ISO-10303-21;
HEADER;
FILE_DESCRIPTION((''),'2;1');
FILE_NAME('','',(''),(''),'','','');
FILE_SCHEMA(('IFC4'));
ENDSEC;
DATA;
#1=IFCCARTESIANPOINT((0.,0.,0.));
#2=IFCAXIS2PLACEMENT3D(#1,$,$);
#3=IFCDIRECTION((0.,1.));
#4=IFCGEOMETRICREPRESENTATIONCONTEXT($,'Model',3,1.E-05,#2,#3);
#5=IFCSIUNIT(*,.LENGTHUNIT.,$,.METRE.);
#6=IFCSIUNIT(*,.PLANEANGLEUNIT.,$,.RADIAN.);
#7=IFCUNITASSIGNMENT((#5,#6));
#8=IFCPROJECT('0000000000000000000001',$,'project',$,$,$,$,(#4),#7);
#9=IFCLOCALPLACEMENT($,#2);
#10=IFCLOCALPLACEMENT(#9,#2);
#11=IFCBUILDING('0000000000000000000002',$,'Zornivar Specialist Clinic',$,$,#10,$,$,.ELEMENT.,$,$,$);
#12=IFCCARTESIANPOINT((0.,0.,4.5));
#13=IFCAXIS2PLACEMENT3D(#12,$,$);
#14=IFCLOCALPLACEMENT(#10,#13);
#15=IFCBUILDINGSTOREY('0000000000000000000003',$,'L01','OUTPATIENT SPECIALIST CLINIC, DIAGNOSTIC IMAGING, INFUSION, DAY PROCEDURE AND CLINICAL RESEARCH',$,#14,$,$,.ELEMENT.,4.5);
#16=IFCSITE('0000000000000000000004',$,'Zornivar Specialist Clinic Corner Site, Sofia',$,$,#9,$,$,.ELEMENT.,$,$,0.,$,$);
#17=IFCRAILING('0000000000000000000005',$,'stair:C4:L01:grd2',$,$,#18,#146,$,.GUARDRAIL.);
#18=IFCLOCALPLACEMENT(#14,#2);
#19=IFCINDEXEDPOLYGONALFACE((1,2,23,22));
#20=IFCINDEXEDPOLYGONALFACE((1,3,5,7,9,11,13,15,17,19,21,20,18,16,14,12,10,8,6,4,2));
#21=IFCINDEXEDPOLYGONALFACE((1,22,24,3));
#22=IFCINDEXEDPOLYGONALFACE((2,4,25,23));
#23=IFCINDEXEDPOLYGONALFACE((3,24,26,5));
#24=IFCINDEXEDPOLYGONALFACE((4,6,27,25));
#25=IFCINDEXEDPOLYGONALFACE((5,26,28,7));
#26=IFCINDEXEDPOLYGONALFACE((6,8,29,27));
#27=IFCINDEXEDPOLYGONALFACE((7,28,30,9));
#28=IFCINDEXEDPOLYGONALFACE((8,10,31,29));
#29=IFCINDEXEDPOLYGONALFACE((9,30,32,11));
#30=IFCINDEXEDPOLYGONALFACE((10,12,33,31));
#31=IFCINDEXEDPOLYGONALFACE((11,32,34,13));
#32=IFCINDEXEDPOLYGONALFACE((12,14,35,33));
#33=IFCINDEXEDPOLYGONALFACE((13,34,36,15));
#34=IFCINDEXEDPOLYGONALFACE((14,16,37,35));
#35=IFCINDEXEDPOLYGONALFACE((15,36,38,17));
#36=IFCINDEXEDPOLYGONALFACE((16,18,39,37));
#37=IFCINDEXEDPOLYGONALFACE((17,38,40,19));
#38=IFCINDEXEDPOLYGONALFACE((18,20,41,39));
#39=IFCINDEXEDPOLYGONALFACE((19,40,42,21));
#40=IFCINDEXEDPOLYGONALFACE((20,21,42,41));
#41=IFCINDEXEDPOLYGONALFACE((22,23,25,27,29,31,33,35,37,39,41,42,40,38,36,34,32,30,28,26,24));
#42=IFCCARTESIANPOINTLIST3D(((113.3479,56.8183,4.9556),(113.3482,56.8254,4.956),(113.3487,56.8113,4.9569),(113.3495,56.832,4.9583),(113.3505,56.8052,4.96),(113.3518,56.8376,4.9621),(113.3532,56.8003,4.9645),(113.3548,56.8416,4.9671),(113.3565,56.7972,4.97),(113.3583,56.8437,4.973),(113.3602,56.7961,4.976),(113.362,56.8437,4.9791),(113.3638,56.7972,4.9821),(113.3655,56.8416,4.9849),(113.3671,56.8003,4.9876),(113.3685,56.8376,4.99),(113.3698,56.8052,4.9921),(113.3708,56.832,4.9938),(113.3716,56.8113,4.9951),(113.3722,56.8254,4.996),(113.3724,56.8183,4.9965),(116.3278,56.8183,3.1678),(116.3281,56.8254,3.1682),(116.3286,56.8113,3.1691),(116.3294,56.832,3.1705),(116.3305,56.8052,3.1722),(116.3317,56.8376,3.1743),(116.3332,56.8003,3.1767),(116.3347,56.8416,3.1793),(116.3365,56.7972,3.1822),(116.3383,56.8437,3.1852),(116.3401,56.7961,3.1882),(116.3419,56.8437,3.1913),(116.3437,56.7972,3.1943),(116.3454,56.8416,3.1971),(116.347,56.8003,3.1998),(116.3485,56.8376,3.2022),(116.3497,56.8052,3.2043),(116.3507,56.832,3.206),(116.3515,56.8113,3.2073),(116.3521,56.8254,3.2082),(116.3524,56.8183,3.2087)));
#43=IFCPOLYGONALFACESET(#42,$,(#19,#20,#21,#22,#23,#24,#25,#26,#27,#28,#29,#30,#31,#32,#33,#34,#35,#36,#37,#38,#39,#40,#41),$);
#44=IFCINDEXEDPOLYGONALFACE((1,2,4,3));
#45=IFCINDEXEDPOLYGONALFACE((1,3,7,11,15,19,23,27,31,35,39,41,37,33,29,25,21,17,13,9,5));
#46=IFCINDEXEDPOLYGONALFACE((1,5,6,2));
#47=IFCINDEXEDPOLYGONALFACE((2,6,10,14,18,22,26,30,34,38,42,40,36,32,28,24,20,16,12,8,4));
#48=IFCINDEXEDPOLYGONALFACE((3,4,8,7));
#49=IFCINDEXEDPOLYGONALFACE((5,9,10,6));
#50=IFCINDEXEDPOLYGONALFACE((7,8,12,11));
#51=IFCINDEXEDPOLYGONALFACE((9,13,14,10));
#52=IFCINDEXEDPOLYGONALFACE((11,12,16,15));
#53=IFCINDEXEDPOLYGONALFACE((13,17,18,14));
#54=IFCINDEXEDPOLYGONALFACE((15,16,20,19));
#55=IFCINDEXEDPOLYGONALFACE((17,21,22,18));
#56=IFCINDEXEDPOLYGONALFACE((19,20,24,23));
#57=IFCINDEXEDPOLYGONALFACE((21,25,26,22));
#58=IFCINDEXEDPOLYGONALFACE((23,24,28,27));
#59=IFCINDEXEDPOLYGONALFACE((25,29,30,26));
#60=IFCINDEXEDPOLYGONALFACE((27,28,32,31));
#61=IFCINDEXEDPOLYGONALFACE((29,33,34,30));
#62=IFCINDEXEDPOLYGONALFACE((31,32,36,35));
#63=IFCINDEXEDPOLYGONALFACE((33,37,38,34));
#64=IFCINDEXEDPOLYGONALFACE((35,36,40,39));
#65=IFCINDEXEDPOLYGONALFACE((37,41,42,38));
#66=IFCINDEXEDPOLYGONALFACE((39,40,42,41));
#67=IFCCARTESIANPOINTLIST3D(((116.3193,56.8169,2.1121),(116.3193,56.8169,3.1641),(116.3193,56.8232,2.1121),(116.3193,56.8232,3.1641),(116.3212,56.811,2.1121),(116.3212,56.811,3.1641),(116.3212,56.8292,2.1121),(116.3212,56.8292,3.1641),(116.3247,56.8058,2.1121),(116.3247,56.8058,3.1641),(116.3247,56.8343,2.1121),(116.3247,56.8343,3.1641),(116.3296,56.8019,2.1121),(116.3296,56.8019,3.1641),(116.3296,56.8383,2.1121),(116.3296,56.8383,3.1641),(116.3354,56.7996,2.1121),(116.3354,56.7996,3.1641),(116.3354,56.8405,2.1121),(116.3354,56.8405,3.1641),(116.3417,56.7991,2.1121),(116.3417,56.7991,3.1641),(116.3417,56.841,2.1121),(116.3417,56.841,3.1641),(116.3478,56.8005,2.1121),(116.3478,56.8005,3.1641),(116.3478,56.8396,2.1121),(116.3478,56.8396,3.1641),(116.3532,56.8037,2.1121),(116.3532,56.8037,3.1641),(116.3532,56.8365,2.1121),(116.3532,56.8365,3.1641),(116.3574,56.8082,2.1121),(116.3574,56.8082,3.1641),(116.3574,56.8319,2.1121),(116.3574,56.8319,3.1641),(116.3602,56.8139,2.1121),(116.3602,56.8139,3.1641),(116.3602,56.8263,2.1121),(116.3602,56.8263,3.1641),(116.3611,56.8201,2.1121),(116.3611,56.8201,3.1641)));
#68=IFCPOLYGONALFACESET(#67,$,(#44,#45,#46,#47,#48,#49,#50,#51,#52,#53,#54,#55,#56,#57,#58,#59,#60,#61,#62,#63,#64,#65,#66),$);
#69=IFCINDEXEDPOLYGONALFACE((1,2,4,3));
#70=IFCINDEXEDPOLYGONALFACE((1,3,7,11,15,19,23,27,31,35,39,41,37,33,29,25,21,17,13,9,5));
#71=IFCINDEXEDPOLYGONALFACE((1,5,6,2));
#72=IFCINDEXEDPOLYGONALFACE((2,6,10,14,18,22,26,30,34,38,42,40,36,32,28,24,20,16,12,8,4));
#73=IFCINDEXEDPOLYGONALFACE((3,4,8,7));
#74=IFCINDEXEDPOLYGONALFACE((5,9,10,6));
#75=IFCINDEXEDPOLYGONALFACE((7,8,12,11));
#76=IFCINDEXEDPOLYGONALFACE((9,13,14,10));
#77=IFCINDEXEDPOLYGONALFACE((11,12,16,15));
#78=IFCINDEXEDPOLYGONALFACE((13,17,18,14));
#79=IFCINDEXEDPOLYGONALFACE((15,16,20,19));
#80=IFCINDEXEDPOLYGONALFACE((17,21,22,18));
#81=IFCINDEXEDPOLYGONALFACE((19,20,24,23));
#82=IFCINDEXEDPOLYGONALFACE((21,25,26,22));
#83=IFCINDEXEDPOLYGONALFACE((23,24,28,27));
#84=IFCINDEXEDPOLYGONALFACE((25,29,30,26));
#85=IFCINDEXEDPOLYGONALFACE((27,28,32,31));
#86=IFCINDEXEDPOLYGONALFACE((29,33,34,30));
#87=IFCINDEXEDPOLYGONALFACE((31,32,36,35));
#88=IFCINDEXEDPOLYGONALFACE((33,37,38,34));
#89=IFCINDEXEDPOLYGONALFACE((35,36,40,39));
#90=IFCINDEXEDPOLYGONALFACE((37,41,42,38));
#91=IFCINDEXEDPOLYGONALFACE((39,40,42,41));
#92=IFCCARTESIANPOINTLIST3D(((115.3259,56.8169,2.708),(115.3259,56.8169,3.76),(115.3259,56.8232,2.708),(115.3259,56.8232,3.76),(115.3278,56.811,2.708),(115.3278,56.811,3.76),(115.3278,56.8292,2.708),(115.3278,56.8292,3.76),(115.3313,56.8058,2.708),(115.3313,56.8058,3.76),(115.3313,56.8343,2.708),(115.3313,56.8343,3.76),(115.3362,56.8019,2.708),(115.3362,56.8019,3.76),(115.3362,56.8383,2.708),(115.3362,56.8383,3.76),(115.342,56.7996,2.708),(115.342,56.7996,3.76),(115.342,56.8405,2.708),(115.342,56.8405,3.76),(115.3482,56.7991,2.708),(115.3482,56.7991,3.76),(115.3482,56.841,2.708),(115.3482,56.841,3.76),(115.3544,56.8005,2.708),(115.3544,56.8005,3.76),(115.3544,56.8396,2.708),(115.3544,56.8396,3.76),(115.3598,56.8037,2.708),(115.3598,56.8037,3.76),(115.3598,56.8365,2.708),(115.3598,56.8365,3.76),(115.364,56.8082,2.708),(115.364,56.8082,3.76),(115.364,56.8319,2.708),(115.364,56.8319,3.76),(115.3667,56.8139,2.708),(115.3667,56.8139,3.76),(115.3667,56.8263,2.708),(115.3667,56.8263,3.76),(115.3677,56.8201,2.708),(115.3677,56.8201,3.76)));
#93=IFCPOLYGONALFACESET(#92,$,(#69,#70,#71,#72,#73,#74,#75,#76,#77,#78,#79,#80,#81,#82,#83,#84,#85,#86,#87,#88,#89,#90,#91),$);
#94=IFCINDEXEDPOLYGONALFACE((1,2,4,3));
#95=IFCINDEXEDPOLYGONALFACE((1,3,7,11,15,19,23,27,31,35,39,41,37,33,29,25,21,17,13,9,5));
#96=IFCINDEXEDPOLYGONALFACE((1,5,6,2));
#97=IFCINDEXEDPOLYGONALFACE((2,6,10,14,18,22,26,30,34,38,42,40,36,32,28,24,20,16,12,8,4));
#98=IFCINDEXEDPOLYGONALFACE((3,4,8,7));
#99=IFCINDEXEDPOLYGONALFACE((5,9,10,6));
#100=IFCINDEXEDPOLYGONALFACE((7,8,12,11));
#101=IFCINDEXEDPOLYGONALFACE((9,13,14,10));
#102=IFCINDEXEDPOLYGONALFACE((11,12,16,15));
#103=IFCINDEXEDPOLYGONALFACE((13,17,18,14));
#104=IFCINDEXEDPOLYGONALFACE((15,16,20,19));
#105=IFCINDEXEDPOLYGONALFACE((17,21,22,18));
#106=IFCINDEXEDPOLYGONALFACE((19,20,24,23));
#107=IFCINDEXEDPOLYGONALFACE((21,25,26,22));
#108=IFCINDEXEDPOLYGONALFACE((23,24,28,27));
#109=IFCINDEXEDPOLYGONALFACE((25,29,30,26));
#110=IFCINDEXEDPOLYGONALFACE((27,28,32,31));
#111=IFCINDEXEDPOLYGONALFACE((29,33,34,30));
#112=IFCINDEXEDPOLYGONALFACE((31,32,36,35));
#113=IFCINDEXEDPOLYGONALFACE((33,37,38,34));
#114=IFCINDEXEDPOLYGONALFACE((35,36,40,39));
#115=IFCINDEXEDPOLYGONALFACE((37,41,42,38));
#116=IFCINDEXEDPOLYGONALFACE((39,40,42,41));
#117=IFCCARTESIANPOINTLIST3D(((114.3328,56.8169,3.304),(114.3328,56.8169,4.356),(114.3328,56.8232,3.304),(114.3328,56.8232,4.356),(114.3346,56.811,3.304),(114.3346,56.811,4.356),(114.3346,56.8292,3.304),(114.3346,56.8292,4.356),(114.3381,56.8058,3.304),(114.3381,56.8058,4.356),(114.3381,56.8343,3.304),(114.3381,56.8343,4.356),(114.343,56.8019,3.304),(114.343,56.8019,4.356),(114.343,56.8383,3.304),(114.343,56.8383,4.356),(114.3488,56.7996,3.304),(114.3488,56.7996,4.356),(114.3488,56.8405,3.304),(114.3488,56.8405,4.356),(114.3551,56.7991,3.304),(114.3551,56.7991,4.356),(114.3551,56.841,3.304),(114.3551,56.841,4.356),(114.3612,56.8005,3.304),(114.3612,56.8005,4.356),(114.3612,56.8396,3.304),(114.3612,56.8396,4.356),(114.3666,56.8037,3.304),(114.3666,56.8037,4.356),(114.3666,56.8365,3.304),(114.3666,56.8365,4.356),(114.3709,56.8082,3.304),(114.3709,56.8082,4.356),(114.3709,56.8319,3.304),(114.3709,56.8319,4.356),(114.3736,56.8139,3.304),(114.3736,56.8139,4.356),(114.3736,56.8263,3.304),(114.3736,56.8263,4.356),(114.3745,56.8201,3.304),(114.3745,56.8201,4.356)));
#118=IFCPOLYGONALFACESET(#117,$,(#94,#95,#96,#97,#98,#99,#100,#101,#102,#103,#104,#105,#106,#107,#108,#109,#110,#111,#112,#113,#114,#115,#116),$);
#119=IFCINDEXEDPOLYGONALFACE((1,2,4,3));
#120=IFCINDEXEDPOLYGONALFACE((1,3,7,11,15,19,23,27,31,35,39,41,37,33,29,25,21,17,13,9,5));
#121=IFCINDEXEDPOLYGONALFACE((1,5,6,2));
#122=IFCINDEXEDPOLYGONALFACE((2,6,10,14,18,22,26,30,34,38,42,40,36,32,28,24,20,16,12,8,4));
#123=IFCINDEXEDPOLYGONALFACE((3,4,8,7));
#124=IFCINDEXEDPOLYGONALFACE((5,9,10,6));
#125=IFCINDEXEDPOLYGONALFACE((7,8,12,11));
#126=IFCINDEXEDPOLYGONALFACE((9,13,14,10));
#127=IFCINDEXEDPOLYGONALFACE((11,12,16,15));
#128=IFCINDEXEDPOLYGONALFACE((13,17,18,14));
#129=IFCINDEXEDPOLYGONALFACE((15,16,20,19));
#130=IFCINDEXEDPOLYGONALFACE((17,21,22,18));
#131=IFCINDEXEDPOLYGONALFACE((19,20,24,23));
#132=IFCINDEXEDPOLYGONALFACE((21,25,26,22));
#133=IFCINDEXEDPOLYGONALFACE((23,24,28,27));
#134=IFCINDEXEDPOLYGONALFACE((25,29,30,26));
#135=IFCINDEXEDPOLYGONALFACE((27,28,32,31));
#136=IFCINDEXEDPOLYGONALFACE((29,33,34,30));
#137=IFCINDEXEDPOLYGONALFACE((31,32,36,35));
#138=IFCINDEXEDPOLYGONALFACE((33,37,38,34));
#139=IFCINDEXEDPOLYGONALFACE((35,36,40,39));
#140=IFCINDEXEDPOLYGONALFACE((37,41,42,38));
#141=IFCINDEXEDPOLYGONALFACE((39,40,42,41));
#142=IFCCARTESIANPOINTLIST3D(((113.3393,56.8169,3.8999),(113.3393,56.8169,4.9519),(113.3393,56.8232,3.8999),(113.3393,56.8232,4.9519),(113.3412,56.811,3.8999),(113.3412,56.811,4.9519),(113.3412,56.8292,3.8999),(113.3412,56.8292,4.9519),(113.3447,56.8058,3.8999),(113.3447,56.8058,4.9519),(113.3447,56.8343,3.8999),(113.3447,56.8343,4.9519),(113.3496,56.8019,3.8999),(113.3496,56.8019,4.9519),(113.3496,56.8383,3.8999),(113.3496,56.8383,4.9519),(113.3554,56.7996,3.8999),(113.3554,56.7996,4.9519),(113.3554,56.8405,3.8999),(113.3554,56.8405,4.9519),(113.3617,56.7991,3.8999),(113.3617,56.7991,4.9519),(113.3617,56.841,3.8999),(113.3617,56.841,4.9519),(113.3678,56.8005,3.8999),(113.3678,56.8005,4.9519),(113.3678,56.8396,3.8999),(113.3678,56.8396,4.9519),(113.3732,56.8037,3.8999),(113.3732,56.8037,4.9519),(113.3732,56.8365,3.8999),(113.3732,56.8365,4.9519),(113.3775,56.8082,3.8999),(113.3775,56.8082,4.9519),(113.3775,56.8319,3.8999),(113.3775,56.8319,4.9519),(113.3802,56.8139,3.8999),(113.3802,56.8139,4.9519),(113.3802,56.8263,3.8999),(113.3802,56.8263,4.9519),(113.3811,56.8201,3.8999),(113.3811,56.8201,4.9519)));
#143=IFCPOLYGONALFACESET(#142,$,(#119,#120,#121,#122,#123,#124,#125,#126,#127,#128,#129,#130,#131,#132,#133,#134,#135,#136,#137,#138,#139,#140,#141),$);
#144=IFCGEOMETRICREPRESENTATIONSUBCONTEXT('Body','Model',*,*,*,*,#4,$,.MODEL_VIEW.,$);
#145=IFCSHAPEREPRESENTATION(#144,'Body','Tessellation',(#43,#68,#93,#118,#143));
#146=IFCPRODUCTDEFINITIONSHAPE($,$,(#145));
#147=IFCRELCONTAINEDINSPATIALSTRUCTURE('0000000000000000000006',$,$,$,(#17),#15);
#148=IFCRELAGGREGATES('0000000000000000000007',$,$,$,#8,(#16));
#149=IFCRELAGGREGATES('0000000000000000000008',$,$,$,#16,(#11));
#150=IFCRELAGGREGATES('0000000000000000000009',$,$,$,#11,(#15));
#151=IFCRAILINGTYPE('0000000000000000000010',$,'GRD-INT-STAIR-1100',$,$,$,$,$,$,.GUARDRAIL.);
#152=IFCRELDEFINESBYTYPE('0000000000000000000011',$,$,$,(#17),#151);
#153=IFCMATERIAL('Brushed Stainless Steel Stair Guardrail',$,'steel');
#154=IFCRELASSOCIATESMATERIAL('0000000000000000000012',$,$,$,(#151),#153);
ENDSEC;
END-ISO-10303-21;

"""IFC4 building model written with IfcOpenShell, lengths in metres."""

from ifc_helpers import new_model, si_unit, direction, frame, origin, origin_2d, place, context, subcontext, project, spatial, circle, extrude, material, type_object, element, save


model = new_model("IFC4")

# Units and contexts
model_context = context("Model", 3, precision=1e-05, world=origin(), true_north=direction((0.0, 1.0)))
body_context = subcontext(model_context, "Body", "Model", "MODEL_VIEW")
ifc_project = project(units=[si_unit("LENGTHUNIT", "METRE"), si_unit("PLANEANGLEUNIT", "RADIAN")], contexts=[model_context])

# Site, building, storey
site_placement = place(None, origin())
site = spatial("IfcSite", under=ifc_project, at=site_placement, Name="Zornivar Specialist Clinic Corner Site, Sofia", CompositionType="ELEMENT", RefElevation=0.0)
building_placement = place(site_placement, origin())
building = spatial("IfcBuilding", under=site, at=building_placement, Name="Zornivar Specialist Clinic", CompositionType="ELEMENT")
storey_placement = place(building_placement, frame((0.0, 0.0, 4.5)))
storey = spatial("IfcBuildingStorey", under=building, at=storey_placement, Name="L01", Description="OUTPATIENT SPECIALIST CLINIC, DIAGNOSTIC IMAGING, INFUSION, DAY PROCEDURE AND CLINICAL RESEARCH", CompositionType="ELEMENT", Elevation=4.5)

# Railing
ifc_material_1 = material(Name="Brushed Stainless Steel Stair Guardrail", Category="steel")
railing_type_1 = type_object("IfcRailingType", Name="GRD-INT-STAIR-1100", PredefinedType="GUARDRAIL", material=ifc_material_1)
railing_1_placement = place(storey_placement, frame((116.3401, 56.8201, 2.1121)))
element("IfcRailing", 1, at=railing_1_placement, inside=storey, type_object=railing_type_1, Name="stair:C4:L01:grd2", PredefinedType="GUARDRAIL", context=body_context, shape_type="SweptSolid", body=[
    extrude(circle(Radius=0.0239, at=origin_2d()), frame((0.0, 0.0, 1.0762), z_axis=(-0.857512, 0.0, 0.514465), x_axis=(0.0, -1.0, 0.0)), (0.0, 0.0, 1.0), 3.4751),
    extrude(circle(Radius=0.021, at=origin_2d()), origin(), (0.0, 0.0, 1.0), 1.052),
    extrude(circle(Radius=0.021, at=origin_2d()), frame((-0.9934, 0.0, 0.5959)), (0.0, 0.0, 1.0), 1.052),
    extrude(circle(Radius=0.021, at=origin_2d()), frame((-1.9866, 0.0, 1.1919)), (0.0, 0.0, 1.0), 1.052),
    extrude(circle(Radius=0.021, at=origin_2d()), frame((-2.98, 0.0, 1.7878)), (0.0, 0.0, 1.0), 1.052),
])

save(model, "model.ifc")
